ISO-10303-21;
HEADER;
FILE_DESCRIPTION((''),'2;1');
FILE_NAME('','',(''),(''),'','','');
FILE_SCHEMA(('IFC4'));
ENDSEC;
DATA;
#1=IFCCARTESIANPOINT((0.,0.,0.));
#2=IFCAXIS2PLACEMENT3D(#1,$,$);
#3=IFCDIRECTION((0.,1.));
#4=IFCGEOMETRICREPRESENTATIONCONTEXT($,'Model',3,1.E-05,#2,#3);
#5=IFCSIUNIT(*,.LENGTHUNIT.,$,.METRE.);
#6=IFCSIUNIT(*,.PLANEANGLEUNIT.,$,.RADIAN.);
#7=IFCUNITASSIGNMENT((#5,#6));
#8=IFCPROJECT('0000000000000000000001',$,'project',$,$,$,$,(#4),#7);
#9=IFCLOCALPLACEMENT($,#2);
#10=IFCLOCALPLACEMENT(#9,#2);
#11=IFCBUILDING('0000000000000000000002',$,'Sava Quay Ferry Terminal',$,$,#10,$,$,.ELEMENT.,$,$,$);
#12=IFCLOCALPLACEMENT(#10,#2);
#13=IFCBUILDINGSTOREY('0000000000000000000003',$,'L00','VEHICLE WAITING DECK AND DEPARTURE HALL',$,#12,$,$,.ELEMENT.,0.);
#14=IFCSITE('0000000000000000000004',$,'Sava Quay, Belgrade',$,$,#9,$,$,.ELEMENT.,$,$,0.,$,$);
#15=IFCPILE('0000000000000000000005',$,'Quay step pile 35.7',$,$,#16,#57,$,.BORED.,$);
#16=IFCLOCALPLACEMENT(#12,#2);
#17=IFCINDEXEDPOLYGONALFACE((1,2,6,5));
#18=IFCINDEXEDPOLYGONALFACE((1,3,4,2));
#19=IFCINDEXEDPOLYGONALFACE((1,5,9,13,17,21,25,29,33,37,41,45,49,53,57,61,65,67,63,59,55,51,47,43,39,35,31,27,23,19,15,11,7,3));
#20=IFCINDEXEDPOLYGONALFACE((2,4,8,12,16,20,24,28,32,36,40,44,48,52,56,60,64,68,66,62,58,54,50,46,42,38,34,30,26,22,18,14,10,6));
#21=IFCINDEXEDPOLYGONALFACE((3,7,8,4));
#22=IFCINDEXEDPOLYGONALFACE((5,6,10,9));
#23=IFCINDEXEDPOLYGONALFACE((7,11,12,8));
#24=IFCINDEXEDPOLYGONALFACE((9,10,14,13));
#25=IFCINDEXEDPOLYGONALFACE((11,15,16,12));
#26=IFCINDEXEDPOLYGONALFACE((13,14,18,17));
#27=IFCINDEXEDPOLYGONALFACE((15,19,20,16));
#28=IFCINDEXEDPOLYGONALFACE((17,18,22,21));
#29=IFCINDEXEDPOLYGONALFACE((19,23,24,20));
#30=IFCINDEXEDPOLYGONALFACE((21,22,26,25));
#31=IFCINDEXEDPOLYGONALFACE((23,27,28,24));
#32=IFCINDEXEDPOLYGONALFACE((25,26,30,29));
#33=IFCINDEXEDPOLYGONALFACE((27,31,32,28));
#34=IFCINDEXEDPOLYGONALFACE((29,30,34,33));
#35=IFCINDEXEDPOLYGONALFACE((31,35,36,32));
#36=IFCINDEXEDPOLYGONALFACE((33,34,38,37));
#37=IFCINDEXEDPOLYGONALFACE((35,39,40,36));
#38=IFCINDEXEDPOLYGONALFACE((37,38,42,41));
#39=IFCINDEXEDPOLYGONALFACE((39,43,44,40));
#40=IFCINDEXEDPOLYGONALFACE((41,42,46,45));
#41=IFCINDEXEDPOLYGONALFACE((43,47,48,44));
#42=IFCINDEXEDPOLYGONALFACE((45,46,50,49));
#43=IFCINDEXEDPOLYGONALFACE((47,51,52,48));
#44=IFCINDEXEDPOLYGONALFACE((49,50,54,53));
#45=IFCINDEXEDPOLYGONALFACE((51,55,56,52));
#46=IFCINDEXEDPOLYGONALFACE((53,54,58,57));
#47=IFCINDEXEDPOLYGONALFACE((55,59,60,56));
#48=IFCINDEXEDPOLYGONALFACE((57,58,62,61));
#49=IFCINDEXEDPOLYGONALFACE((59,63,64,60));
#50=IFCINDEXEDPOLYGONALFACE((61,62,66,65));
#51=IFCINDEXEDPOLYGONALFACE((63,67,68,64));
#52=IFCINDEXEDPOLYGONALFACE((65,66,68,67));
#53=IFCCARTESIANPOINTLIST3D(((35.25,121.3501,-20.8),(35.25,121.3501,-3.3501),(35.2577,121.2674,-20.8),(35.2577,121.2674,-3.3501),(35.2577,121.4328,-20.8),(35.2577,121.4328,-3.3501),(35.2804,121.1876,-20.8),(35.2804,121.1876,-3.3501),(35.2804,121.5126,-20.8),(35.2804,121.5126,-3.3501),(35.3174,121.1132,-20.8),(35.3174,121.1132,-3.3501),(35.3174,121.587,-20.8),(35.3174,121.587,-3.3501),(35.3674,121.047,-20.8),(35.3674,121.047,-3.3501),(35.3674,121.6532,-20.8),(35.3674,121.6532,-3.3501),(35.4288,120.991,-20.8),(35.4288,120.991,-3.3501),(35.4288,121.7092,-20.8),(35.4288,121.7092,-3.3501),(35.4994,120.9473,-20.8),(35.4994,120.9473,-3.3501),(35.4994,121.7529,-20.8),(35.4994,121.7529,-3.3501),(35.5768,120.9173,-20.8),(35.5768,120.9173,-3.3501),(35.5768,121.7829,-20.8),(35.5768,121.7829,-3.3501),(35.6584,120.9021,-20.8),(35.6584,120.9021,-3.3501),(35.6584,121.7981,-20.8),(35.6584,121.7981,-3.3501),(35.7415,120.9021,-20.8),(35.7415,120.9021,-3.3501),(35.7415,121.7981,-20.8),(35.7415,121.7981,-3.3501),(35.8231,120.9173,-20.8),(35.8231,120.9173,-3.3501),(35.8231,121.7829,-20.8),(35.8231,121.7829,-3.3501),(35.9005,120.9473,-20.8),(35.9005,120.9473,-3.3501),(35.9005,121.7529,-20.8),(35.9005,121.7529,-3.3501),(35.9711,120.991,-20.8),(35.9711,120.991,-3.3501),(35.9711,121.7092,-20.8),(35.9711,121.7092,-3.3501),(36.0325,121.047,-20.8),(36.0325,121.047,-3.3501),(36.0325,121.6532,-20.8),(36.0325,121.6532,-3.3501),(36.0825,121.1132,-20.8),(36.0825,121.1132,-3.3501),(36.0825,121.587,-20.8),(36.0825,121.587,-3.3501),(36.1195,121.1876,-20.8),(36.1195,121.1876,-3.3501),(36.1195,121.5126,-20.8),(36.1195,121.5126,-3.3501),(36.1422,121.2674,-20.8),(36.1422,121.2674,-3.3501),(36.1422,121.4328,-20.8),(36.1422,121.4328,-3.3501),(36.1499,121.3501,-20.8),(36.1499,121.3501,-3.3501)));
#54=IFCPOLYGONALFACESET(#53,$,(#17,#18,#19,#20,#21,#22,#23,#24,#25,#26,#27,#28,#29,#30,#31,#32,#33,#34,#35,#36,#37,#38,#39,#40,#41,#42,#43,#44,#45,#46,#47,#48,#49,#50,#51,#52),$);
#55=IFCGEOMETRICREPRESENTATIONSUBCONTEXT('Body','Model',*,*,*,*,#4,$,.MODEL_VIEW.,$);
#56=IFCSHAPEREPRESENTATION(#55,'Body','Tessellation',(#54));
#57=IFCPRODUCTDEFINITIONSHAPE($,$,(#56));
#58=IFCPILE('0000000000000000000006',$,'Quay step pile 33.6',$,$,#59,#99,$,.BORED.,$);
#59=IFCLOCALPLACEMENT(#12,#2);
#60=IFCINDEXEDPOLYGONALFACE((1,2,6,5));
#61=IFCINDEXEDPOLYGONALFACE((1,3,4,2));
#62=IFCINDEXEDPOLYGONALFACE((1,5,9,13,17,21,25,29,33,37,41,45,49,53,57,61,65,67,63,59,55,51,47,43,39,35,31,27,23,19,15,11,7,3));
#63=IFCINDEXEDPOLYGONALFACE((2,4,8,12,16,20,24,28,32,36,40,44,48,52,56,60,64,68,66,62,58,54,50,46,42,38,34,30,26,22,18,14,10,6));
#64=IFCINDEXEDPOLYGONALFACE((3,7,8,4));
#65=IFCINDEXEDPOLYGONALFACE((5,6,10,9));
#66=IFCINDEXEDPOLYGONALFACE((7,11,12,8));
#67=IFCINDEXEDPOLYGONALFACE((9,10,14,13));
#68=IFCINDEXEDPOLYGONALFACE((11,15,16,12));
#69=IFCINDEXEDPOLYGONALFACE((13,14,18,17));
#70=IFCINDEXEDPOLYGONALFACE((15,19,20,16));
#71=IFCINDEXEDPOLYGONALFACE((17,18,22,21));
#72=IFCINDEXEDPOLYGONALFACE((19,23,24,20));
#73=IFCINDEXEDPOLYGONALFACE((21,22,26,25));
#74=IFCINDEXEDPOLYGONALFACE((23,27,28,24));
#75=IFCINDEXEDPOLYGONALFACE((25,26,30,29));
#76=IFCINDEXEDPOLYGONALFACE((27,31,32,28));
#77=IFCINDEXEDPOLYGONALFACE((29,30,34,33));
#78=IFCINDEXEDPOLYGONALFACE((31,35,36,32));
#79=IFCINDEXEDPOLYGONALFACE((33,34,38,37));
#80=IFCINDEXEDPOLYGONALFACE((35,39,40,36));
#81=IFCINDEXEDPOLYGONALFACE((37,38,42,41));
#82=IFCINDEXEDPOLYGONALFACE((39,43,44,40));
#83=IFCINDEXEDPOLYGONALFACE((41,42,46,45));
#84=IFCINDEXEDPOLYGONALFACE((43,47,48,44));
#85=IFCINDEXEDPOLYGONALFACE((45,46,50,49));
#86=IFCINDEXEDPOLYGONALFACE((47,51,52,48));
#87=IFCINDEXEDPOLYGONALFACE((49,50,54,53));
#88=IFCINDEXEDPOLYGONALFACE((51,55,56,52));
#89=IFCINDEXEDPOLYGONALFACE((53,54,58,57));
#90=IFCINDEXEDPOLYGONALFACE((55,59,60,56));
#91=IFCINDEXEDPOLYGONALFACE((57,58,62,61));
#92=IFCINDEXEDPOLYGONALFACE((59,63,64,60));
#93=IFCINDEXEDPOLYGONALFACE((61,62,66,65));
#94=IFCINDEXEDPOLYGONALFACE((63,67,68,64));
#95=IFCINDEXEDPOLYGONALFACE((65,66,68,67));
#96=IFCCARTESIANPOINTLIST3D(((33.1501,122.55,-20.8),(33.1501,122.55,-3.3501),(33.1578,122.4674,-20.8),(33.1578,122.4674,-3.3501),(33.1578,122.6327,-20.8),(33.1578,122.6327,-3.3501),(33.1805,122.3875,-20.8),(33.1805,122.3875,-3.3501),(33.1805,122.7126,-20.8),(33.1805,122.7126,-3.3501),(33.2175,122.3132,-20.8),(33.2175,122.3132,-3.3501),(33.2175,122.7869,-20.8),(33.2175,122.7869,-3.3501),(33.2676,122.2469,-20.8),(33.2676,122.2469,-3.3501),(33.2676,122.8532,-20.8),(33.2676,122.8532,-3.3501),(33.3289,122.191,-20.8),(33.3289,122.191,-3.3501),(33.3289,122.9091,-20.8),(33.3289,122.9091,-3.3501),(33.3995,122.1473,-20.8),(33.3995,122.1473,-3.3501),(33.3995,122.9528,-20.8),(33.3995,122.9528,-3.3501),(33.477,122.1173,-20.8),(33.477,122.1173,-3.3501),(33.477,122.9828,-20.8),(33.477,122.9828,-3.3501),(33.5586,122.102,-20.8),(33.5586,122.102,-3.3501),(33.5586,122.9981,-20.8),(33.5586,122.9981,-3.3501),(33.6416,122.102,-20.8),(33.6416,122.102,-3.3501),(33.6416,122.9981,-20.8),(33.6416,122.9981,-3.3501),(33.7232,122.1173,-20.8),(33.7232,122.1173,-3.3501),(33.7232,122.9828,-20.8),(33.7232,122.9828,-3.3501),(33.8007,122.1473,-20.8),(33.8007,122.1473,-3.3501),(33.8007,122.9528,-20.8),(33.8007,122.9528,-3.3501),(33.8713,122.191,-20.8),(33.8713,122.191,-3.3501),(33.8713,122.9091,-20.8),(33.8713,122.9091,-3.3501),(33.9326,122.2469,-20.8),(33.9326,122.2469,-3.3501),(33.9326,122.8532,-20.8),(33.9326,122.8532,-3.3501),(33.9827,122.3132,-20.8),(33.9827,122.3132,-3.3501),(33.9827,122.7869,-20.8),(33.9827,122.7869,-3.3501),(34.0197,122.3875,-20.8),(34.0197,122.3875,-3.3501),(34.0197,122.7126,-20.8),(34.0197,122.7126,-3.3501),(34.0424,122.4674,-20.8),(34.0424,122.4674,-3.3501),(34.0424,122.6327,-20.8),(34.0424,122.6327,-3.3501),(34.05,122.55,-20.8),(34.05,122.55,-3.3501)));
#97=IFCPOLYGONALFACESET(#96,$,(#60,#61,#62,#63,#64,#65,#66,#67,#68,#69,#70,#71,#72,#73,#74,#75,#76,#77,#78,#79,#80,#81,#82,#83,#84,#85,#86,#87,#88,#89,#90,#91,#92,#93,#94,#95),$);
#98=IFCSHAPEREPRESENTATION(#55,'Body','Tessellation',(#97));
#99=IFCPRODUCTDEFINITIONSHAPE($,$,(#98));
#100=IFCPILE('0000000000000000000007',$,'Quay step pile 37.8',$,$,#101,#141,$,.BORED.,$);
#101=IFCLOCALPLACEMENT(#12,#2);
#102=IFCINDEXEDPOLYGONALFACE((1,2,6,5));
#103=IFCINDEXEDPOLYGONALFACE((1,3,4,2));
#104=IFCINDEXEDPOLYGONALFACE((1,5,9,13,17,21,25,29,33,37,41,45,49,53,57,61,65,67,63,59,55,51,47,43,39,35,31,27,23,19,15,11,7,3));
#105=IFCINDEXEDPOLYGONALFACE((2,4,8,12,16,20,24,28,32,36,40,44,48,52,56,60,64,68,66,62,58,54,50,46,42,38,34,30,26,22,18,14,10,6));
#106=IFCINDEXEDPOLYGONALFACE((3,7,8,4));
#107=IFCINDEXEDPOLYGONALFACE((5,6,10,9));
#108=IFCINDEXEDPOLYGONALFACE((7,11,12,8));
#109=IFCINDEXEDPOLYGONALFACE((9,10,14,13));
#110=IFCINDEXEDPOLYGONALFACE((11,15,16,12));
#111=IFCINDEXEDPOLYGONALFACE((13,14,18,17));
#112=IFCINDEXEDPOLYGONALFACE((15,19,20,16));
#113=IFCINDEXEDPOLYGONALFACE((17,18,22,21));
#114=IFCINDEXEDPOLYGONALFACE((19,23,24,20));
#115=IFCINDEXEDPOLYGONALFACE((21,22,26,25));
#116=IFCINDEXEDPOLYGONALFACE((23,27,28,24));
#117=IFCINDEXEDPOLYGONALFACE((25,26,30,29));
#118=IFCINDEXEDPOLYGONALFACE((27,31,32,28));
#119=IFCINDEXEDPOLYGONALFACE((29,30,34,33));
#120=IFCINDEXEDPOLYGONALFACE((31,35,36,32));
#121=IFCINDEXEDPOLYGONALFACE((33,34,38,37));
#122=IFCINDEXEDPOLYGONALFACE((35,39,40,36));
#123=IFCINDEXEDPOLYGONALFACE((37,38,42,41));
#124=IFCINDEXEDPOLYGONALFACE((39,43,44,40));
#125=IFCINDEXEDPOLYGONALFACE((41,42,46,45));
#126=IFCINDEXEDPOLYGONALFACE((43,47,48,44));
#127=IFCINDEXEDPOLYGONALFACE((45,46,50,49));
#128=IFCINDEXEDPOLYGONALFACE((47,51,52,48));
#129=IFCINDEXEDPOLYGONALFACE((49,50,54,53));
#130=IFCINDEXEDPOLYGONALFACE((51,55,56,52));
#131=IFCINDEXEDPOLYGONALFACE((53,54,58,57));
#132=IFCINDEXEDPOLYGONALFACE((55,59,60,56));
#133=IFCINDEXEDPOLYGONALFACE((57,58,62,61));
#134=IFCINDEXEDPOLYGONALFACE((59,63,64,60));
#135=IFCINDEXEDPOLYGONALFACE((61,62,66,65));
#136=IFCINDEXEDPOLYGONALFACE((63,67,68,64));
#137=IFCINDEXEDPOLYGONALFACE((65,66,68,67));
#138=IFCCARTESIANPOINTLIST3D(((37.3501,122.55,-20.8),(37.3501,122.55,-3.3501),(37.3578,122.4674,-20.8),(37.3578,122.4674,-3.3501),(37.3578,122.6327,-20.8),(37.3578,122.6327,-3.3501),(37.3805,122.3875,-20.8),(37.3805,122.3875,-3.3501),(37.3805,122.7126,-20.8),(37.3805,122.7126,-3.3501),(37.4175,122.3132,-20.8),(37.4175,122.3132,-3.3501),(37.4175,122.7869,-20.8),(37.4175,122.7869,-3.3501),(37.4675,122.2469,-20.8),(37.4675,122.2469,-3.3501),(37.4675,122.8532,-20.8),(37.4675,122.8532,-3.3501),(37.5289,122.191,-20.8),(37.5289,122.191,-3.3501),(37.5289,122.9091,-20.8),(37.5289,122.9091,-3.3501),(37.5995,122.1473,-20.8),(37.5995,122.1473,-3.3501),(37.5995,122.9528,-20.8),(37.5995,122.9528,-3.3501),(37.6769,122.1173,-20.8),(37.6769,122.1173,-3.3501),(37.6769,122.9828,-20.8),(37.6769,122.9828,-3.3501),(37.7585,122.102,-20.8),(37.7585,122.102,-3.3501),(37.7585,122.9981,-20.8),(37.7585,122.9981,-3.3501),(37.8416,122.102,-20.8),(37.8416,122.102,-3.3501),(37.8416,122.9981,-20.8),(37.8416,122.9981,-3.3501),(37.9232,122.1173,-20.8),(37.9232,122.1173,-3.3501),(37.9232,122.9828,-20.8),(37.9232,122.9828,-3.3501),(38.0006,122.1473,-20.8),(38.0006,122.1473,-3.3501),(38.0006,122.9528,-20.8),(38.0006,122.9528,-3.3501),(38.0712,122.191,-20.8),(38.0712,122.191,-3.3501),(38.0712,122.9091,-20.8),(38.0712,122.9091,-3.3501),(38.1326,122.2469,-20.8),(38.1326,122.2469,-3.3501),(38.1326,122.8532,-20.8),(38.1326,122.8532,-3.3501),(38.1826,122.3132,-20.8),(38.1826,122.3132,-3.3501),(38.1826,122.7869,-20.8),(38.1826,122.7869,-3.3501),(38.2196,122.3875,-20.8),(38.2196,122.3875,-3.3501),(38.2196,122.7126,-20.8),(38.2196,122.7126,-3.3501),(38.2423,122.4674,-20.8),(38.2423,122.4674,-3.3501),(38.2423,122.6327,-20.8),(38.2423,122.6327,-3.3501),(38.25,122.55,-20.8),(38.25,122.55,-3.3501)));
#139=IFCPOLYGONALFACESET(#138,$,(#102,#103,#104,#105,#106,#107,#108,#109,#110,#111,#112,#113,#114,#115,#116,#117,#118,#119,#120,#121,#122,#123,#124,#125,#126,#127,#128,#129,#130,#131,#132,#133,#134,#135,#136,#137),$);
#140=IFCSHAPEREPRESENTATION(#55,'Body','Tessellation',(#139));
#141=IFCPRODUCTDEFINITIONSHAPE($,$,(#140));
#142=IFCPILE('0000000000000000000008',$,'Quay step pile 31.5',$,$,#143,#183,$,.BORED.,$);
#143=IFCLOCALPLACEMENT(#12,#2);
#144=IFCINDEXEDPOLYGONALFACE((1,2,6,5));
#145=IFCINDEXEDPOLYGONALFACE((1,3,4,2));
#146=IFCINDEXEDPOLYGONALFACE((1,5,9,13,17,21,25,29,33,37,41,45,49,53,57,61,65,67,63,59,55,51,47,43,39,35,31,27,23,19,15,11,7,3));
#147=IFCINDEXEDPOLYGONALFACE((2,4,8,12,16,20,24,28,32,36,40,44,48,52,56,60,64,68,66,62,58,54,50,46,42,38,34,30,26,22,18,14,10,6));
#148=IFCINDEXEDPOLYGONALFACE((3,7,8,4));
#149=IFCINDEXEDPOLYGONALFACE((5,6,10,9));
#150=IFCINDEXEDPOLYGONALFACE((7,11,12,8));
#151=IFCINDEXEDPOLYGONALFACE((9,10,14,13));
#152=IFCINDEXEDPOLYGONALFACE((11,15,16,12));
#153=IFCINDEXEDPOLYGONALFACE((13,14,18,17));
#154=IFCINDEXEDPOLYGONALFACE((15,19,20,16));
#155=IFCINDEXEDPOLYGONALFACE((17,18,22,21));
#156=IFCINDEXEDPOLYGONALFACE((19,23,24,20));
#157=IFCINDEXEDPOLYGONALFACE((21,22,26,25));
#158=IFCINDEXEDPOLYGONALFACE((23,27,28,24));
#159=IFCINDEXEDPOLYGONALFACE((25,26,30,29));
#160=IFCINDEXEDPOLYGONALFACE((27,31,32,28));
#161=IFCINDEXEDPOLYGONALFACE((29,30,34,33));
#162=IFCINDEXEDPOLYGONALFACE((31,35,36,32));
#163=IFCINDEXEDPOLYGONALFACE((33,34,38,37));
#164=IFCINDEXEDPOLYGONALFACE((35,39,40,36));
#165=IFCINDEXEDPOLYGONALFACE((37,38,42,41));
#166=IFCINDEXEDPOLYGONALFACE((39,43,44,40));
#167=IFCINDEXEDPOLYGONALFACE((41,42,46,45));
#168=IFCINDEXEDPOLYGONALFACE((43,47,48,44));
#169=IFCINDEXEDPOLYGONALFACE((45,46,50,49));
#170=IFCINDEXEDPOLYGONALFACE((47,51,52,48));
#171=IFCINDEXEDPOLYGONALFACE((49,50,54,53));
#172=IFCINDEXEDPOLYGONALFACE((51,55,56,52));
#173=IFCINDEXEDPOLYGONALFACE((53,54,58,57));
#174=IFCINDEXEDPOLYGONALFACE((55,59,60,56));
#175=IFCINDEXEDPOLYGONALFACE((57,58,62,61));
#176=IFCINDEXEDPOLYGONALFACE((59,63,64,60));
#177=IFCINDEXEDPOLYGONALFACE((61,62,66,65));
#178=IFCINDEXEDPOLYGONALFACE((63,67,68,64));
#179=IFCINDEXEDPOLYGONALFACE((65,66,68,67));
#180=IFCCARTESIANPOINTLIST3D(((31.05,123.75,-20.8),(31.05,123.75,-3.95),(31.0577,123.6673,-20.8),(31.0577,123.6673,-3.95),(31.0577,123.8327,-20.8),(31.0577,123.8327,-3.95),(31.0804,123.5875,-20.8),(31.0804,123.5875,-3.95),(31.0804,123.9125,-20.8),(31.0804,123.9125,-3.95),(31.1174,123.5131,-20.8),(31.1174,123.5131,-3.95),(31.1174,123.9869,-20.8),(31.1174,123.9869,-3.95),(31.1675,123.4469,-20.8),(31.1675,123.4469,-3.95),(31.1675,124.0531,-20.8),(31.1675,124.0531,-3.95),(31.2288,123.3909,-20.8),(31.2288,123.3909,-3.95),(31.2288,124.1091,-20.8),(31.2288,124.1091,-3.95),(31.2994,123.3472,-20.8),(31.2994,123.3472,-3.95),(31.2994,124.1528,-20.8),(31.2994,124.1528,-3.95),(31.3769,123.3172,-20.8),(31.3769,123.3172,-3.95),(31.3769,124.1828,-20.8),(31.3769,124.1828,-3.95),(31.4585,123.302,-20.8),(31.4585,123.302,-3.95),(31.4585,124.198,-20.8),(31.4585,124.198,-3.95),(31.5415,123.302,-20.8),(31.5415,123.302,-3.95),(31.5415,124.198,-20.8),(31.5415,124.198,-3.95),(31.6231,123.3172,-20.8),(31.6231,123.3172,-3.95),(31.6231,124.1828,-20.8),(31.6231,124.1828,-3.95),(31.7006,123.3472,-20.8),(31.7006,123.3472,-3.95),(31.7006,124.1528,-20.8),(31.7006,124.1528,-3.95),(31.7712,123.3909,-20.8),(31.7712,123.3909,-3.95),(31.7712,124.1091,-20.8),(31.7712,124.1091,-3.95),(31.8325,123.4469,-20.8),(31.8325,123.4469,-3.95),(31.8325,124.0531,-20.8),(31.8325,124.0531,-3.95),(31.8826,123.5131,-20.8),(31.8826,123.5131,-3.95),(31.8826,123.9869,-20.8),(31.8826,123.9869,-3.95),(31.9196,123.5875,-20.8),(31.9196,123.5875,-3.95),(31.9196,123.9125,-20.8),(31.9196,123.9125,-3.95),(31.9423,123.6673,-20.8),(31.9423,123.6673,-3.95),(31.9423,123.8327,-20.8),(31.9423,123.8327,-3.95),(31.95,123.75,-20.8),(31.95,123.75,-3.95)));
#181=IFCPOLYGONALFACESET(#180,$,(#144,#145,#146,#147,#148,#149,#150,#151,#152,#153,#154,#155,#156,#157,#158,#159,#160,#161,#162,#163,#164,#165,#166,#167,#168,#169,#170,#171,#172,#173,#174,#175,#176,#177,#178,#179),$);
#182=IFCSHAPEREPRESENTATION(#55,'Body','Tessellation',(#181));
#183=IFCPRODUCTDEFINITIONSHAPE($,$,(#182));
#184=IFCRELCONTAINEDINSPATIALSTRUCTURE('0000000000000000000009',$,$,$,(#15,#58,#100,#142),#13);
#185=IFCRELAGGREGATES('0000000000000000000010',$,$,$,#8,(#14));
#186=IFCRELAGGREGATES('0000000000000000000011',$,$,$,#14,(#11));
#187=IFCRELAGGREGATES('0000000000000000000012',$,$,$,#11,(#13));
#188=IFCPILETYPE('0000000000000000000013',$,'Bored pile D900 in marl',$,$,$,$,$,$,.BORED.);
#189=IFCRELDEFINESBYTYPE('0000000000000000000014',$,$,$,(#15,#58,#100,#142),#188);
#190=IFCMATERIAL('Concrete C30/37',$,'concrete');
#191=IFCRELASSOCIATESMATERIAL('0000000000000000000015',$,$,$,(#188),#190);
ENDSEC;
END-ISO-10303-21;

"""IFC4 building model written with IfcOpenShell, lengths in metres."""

from ifc_helpers import new_model, si_unit, direction, frame, origin, origin_2d, place, context, subcontext, project, spatial, circle, extrude, material, material_profile, profile_set, type_object, element, save


model = new_model("IFC4")

# Units and contexts
model_context = context("Model", 3, precision=1e-05, world=origin(), true_north=direction((0.0, 1.0)))
body_context = subcontext(model_context, "Body", "Model", "MODEL_VIEW")
ifc_project = project(units=[si_unit("LENGTHUNIT", "METRE"), si_unit("PLANEANGLEUNIT", "RADIAN")], contexts=[model_context])

# Site, building, storey
site_placement = place(None, origin())
site = spatial("IfcSite", under=ifc_project, at=site_placement, Name="Sava Quay, Belgrade", CompositionType="ELEMENT", RefElevation=0.0)
building_placement = place(site_placement, origin())
building = spatial("IfcBuilding", under=site, at=building_placement, Name="Sava Quay Ferry Terminal", CompositionType="ELEMENT")
storey_placement = place(building_placement, origin())
storey = spatial("IfcBuildingStorey", under=building, at=storey_placement, Name="L00", Description="VEHICLE WAITING DECK AND DEPARTURE HALL", CompositionType="ELEMENT", Elevation=0.0)

# Piles
ifc_material_1 = material(Name="Concrete C30/37", Category="concrete")
ifc_material_profile_1 = material_profile(ifc_material_1, circle(Radius=0.45, at=origin_2d()), Name="Bored pile D900 in marl")
ifc_profile_set_1 = profile_set([ifc_material_profile_1], Name="Concrete C30/37")
pile_type_1 = type_object("IfcPileType", Name="Bored pile D900 in marl", PredefinedType="BORED", material=ifc_profile_set_1)
for number, where, z_axis, x_axis, name in (
    (1, (35.7, 121.3501, -3.3501), (0.0, 0.0, -1.0), (1.0, 0.0, 0.0), "Quay step pile 35.7"),
    (2, (33.6001, 122.55, -3.3501), (0.0, 0.0, -1.0), (1.0, 0.0, 0.0), "Quay step pile 33.6"),
    (3, (37.8, 122.55, -3.3501), (0.0, 0.0, -1.0), (1.0, 0.0, 0.0), "Quay step pile 37.8"),
):
    element("IfcPile", number, at=place(storey_placement, frame(where, z_axis=z_axis, x_axis=x_axis)), inside=storey, type_object=pile_type_1, Name=name, PredefinedType="BORED", context=body_context, shape_type="SweptSolid", body=[
        extrude(circle(Radius=0.45, at=origin_2d()), origin(), (0.0, 0.0, 1.0), 17.45),
    ])
for number, where, z_axis, x_axis, name in (
    (4, (31.5, 123.75, -3.95), (0.0, 0.0, -1.0), (1.0, 0.0, 0.0), "Quay step pile 31.5"),
):
    element("IfcPile", number, at=place(storey_placement, frame(where, z_axis=z_axis, x_axis=x_axis)), inside=storey, type_object=pile_type_1, Name=name, PredefinedType="BORED", context=body_context, shape_type="SweptSolid", body=[
        extrude(circle(Radius=0.45, at=origin_2d()), origin(), (0.0, 0.0, 1.0), 16.8501),
    ])

save(model, "model.ifc")
